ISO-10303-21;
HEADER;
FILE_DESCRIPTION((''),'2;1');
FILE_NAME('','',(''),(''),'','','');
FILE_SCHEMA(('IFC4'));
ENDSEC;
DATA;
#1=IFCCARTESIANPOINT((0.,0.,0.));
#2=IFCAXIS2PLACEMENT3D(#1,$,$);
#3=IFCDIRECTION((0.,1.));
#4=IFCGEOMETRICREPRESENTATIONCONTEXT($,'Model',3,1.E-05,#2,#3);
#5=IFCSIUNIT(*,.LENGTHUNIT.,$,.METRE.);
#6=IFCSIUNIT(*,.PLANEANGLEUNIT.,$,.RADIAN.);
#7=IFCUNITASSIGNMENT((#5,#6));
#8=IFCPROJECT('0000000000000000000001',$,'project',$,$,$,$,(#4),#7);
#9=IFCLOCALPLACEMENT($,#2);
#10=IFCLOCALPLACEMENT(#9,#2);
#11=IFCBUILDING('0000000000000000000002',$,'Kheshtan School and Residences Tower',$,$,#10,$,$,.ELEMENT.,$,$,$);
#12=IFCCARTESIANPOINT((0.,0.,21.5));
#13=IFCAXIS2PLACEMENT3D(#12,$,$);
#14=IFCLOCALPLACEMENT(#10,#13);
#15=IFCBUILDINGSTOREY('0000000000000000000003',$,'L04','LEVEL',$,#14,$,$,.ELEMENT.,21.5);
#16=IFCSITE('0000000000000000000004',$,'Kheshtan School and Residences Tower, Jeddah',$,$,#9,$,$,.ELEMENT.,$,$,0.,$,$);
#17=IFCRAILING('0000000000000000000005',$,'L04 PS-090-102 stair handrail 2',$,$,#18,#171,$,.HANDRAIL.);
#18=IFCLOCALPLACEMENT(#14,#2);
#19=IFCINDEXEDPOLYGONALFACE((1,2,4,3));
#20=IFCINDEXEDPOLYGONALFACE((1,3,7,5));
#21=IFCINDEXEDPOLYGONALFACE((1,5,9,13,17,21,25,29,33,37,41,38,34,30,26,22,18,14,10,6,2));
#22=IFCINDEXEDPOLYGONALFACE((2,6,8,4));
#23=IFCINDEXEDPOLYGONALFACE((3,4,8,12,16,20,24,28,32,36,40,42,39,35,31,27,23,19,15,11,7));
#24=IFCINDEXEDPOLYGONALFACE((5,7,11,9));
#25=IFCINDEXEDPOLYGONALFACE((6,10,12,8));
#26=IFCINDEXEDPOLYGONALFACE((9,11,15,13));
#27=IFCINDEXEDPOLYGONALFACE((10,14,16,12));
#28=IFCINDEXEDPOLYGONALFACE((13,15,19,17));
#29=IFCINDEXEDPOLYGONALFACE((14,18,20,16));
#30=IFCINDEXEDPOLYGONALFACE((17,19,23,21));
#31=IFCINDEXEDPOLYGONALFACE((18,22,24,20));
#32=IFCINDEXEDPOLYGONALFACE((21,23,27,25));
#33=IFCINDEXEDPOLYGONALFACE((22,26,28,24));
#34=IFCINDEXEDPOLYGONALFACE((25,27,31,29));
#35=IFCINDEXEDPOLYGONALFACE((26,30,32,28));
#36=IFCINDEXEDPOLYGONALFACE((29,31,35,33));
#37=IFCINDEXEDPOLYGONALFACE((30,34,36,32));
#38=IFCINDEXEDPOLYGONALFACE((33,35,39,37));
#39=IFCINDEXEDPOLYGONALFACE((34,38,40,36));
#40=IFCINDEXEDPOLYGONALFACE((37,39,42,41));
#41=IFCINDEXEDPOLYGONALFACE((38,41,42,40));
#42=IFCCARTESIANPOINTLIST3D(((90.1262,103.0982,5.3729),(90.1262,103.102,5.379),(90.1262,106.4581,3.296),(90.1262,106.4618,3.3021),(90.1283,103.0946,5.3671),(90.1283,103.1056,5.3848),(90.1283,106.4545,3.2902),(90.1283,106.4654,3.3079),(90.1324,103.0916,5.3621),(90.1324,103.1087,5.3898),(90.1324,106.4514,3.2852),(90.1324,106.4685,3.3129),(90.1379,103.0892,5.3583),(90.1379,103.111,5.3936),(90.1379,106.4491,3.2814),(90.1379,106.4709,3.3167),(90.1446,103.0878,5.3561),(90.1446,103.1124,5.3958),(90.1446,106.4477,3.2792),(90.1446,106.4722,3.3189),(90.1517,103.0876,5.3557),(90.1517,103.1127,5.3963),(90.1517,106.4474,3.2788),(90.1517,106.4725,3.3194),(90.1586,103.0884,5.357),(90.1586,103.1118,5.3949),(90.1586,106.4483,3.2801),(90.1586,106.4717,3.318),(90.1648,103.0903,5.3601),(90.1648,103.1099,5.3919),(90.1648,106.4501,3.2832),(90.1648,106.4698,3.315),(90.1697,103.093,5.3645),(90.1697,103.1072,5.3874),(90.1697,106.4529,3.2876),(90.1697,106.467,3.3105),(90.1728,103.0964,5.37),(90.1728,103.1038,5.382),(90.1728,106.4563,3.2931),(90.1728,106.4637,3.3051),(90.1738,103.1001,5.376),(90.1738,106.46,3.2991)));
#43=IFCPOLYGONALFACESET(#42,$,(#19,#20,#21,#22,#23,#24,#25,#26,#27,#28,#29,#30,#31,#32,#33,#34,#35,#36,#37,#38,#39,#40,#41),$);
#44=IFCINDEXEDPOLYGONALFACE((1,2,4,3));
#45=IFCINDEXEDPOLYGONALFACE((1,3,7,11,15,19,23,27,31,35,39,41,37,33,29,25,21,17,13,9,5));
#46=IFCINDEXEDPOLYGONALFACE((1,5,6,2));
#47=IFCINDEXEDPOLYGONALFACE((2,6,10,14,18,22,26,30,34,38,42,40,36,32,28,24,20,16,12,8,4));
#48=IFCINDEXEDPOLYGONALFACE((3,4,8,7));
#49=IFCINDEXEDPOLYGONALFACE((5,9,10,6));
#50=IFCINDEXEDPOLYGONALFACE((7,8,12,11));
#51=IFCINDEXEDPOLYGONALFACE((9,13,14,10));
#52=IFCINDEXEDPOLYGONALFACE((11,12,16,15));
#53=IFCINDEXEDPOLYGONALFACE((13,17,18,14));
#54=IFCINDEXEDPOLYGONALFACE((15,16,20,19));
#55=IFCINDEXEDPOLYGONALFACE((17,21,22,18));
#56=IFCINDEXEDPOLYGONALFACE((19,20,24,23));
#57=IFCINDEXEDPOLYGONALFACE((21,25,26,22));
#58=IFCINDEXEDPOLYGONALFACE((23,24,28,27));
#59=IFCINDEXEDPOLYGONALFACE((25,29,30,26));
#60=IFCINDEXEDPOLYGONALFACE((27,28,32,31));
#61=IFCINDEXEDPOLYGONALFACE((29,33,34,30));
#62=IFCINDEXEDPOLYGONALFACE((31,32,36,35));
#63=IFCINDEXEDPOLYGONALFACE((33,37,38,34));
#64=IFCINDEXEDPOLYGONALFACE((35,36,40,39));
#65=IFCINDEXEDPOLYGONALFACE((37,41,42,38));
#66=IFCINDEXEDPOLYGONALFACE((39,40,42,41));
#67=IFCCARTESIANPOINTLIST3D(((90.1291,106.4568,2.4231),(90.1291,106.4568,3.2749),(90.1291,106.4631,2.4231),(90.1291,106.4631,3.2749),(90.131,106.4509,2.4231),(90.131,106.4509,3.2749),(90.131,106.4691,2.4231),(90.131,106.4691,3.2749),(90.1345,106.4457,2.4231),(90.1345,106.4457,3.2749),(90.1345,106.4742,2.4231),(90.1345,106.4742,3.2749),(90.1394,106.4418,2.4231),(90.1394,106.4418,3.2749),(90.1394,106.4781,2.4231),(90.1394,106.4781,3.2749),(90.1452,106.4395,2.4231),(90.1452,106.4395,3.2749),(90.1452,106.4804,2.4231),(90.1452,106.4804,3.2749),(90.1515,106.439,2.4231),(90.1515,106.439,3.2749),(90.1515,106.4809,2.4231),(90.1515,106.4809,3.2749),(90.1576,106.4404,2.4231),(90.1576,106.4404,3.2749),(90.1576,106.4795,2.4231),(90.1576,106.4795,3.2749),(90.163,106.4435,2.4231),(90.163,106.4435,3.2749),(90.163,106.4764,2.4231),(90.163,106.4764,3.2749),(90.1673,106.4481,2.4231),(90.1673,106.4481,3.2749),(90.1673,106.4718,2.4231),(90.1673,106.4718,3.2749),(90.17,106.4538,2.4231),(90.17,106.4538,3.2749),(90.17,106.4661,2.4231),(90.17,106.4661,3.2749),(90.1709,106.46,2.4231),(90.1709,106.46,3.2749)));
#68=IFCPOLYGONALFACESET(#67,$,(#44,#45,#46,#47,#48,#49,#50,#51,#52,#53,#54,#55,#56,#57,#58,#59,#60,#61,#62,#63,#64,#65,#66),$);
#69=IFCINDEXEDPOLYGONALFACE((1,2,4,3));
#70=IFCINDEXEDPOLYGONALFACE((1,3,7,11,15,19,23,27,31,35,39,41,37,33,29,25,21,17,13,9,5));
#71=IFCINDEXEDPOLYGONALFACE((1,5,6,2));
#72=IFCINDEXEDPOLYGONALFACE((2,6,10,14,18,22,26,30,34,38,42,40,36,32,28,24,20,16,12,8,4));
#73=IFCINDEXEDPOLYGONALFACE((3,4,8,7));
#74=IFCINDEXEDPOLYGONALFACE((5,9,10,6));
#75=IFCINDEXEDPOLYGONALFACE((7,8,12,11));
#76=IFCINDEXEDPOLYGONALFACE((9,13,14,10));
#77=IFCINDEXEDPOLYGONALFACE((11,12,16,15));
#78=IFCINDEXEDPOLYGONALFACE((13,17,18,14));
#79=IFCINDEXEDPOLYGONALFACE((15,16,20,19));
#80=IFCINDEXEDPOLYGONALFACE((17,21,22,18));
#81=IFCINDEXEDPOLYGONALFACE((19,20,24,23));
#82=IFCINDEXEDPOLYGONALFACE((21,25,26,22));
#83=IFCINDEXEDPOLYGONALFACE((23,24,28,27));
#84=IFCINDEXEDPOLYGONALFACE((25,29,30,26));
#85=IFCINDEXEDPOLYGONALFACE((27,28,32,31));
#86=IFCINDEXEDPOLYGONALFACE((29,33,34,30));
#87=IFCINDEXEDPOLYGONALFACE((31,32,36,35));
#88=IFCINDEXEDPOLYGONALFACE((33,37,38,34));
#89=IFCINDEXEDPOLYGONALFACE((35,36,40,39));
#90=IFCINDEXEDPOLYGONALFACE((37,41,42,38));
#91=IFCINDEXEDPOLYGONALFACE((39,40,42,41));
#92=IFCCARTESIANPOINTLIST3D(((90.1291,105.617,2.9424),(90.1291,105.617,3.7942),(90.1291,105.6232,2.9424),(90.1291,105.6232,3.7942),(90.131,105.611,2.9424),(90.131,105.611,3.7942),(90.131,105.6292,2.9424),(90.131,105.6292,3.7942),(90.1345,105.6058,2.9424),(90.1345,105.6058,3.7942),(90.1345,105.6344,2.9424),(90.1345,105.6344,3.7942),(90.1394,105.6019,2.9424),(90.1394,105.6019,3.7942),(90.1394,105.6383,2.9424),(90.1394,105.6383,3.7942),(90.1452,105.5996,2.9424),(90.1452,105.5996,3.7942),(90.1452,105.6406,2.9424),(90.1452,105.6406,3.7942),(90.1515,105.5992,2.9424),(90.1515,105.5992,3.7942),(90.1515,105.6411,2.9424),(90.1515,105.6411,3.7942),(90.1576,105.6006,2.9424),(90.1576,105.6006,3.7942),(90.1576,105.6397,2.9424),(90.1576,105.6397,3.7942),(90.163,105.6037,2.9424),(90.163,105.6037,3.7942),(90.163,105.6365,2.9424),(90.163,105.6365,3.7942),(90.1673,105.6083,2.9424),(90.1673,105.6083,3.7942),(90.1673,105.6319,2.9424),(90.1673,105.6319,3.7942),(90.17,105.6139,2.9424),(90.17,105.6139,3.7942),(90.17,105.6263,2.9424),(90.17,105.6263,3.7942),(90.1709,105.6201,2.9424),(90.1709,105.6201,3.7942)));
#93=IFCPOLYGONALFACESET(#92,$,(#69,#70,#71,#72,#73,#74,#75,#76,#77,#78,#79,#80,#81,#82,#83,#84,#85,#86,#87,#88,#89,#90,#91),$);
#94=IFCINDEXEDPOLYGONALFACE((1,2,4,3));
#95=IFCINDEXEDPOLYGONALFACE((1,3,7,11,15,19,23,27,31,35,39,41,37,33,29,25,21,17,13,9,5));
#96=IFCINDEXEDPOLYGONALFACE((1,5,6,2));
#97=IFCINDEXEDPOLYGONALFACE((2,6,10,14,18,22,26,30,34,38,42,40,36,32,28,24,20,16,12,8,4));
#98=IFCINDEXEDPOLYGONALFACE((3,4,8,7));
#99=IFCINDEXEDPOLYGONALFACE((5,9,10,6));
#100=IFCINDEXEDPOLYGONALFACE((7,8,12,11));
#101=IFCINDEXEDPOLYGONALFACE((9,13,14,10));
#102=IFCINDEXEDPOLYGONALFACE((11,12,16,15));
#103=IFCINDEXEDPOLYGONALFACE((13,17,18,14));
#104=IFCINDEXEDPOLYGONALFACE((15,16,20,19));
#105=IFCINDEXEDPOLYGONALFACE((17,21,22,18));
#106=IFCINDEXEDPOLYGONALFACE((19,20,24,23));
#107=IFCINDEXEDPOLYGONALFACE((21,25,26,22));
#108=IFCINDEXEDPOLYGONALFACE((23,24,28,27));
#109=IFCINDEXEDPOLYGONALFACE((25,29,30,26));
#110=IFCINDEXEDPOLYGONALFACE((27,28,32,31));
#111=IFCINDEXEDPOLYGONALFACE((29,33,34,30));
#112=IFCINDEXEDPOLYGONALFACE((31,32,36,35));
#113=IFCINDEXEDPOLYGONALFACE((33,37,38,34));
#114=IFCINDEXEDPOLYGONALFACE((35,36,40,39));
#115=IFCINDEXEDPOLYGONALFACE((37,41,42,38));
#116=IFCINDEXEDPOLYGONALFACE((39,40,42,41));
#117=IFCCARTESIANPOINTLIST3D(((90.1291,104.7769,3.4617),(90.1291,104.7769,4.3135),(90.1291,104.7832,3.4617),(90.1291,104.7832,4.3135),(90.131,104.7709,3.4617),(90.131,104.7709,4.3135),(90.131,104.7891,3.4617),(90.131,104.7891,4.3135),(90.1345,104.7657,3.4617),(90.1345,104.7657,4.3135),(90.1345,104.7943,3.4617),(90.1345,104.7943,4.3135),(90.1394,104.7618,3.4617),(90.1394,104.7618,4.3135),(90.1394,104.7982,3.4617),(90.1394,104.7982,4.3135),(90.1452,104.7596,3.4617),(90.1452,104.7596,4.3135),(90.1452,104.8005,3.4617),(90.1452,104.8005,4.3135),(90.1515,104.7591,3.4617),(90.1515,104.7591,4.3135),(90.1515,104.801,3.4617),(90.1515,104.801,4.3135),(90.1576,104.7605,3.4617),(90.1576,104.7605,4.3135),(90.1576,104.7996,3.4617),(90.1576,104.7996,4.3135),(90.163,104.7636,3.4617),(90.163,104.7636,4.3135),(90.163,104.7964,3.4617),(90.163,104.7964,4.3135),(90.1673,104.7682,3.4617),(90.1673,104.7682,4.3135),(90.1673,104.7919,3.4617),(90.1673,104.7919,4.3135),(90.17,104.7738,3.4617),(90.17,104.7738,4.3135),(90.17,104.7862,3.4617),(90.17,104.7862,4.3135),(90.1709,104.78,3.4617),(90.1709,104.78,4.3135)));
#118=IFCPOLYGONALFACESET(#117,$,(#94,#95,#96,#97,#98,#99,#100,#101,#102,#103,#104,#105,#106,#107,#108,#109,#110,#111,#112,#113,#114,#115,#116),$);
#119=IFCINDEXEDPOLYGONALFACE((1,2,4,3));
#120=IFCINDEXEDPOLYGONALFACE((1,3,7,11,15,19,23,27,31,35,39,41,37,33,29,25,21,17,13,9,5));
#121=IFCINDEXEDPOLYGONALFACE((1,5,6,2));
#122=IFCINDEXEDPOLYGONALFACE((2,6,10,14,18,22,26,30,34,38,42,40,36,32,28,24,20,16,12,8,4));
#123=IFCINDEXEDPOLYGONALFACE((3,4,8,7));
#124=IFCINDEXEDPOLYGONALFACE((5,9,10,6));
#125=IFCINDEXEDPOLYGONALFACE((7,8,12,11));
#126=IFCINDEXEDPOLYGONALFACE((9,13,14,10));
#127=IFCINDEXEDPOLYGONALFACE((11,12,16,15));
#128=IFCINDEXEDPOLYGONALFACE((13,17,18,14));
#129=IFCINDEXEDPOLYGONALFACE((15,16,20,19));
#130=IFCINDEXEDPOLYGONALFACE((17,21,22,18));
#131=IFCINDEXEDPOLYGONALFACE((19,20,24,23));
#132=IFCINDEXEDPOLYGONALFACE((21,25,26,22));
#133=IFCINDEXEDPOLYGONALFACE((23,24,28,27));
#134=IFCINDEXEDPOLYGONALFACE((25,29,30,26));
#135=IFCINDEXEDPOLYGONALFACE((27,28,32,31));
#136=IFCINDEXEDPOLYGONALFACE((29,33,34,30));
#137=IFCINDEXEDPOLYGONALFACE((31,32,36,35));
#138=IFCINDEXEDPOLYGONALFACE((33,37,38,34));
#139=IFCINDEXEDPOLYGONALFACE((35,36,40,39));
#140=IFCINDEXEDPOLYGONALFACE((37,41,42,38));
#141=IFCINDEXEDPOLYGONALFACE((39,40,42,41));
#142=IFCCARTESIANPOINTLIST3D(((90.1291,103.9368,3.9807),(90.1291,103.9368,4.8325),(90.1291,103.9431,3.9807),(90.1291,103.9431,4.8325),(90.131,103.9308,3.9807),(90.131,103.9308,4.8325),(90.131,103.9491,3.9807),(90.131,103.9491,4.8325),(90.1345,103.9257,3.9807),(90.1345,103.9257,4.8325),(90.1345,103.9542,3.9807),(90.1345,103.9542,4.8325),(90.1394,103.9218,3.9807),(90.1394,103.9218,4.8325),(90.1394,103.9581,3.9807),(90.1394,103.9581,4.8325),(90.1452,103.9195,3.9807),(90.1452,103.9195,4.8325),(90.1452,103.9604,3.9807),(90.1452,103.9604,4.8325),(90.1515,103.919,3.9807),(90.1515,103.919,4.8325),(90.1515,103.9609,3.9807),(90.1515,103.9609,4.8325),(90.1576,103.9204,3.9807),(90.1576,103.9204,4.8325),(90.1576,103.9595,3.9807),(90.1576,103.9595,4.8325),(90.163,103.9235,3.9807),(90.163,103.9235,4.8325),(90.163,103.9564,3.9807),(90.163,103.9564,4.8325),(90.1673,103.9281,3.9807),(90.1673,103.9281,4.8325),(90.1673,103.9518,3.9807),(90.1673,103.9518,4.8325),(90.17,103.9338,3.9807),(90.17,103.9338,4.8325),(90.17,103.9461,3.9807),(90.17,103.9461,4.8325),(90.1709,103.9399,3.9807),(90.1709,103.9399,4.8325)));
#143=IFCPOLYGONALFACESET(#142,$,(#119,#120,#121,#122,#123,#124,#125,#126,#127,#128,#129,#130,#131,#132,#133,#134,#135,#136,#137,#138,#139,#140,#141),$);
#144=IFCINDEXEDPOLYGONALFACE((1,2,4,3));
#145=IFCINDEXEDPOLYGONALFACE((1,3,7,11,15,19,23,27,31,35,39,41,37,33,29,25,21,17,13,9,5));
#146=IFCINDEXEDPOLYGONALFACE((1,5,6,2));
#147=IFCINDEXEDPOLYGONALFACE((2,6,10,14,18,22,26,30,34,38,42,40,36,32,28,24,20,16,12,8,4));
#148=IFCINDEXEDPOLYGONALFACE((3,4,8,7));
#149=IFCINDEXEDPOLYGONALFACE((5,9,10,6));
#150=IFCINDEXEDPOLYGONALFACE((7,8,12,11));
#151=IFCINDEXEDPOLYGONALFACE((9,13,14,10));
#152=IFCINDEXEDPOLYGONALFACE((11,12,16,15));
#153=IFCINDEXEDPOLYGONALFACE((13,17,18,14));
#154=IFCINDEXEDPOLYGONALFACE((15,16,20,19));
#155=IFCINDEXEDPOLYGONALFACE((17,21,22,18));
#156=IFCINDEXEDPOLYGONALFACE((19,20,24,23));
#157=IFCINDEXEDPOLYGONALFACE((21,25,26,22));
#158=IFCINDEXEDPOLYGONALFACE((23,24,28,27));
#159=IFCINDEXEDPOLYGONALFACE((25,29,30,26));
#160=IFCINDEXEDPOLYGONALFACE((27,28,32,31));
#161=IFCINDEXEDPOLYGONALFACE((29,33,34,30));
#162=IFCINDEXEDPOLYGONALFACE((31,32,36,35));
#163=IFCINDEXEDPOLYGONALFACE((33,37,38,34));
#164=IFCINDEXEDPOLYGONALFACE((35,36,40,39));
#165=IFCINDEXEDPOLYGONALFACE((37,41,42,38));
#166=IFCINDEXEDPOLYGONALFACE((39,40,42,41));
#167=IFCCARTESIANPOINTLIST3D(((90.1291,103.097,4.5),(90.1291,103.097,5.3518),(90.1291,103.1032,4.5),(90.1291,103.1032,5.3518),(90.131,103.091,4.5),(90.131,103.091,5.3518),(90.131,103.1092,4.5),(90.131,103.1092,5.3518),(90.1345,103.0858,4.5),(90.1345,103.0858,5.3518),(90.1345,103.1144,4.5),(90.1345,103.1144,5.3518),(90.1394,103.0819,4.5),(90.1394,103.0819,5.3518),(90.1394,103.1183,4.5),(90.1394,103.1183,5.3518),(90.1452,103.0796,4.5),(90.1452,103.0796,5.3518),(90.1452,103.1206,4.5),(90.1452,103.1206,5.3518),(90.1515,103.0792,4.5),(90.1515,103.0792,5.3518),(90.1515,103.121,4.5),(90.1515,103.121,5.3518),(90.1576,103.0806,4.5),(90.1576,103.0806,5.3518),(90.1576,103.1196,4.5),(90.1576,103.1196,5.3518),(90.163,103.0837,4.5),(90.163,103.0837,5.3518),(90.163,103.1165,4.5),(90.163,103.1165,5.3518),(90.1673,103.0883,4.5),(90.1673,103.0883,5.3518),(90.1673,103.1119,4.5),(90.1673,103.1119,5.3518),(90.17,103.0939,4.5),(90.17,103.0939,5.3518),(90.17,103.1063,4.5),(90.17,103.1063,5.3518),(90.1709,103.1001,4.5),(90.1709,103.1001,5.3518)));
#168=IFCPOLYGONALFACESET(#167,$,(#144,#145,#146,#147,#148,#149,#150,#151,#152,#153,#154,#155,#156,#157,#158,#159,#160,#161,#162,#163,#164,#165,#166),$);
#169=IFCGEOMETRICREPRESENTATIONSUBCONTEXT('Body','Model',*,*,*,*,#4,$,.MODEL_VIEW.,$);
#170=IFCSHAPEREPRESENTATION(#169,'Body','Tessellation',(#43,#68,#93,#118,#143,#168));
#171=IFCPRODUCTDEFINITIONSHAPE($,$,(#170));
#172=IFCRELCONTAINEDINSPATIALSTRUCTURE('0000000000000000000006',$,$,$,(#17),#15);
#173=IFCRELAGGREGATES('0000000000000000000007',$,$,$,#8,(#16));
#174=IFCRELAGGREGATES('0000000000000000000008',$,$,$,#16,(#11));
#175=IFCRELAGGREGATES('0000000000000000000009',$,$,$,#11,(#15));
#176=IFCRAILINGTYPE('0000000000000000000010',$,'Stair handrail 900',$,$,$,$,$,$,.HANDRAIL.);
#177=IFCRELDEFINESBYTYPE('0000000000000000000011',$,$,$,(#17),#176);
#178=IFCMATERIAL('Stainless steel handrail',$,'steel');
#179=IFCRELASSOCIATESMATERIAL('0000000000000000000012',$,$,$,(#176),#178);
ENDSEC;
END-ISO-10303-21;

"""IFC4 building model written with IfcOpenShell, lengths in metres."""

from ifc_helpers import new_model, si_unit, direction, frame, origin, origin_2d, place, context, subcontext, project, spatial, circle, extrude, material, type_object, element, save


model = new_model("IFC4")

# Units and contexts
model_context = context("Model", 3, precision=1e-05, world=origin(), true_north=direction((0.0, 1.0)))
body_context = subcontext(model_context, "Body", "Model", "MODEL_VIEW")
ifc_project = project(units=[si_unit("LENGTHUNIT", "METRE"), si_unit("PLANEANGLEUNIT", "RADIAN")], contexts=[model_context])

# Site, building, storey
site_placement = place(None, origin())
site = spatial("IfcSite", under=ifc_project, at=site_placement, Name="Kheshtan School and Residences Tower, Jeddah", CompositionType="ELEMENT", RefElevation=0.0)
building_placement = place(site_placement, origin())
building = spatial("IfcBuilding", under=site, at=building_placement, Name="Kheshtan School and Residences Tower", CompositionType="ELEMENT")
storey_placement = place(building_placement, frame((0.0, 0.0, 21.5)))
storey = spatial("IfcBuildingStorey", under=building, at=storey_placement, Name="L04", Description="LEVEL", CompositionType="ELEMENT", Elevation=21.5)

# Railing
ifc_material_1 = material(Name="Stainless steel handrail", Category="steel")
railing_type_1 = type_object("IfcRailingType", Name="Stair handrail 900", PredefinedType="HANDRAIL", material=ifc_material_1)
railing_1_placement = place(storey_placement, frame((90.1499, 106.46, 2.4231)))
element("IfcRailing", 1, at=railing_1_placement, inside=storey, type_object=railing_type_1, Name="L04 PS-090-102 stair handrail 2", PredefinedType="HANDRAIL", context=body_context, shape_type="SweptSolid", body=[
    extrude(circle(Radius=0.0239, at=origin_2d()), frame((0.0, 0.0, 0.876), z_axis=(0.0, -0.850606, 0.525803), x_axis=(1.0, 0.0, 0.0)), (0.0, 0.0, 1.0), 3.95),
    extrude(circle(Radius=0.021, at=origin_2d()), origin(), (0.0, 0.0, 1.0), 0.8518),
    extrude(circle(Radius=0.021, at=origin_2d()), frame((0.0, -0.8398, 0.5193)), (0.0, 0.0, 1.0), 0.8518),
    extrude(circle(Radius=0.021, at=origin_2d()), frame((0.0, -1.6799, 1.0386)), (0.0, 0.0, 1.0), 0.8518),
    extrude(circle(Radius=0.021, at=origin_2d()), frame((0.0, -2.52, 1.5576)), (0.0, 0.0, 1.0), 0.8518),
    extrude(circle(Radius=0.021, at=origin_2d()), frame((0.0, -3.3599, 2.0769)), (0.0, 0.0, 1.0), 0.8518),
])

save(model, "model.ifc")
